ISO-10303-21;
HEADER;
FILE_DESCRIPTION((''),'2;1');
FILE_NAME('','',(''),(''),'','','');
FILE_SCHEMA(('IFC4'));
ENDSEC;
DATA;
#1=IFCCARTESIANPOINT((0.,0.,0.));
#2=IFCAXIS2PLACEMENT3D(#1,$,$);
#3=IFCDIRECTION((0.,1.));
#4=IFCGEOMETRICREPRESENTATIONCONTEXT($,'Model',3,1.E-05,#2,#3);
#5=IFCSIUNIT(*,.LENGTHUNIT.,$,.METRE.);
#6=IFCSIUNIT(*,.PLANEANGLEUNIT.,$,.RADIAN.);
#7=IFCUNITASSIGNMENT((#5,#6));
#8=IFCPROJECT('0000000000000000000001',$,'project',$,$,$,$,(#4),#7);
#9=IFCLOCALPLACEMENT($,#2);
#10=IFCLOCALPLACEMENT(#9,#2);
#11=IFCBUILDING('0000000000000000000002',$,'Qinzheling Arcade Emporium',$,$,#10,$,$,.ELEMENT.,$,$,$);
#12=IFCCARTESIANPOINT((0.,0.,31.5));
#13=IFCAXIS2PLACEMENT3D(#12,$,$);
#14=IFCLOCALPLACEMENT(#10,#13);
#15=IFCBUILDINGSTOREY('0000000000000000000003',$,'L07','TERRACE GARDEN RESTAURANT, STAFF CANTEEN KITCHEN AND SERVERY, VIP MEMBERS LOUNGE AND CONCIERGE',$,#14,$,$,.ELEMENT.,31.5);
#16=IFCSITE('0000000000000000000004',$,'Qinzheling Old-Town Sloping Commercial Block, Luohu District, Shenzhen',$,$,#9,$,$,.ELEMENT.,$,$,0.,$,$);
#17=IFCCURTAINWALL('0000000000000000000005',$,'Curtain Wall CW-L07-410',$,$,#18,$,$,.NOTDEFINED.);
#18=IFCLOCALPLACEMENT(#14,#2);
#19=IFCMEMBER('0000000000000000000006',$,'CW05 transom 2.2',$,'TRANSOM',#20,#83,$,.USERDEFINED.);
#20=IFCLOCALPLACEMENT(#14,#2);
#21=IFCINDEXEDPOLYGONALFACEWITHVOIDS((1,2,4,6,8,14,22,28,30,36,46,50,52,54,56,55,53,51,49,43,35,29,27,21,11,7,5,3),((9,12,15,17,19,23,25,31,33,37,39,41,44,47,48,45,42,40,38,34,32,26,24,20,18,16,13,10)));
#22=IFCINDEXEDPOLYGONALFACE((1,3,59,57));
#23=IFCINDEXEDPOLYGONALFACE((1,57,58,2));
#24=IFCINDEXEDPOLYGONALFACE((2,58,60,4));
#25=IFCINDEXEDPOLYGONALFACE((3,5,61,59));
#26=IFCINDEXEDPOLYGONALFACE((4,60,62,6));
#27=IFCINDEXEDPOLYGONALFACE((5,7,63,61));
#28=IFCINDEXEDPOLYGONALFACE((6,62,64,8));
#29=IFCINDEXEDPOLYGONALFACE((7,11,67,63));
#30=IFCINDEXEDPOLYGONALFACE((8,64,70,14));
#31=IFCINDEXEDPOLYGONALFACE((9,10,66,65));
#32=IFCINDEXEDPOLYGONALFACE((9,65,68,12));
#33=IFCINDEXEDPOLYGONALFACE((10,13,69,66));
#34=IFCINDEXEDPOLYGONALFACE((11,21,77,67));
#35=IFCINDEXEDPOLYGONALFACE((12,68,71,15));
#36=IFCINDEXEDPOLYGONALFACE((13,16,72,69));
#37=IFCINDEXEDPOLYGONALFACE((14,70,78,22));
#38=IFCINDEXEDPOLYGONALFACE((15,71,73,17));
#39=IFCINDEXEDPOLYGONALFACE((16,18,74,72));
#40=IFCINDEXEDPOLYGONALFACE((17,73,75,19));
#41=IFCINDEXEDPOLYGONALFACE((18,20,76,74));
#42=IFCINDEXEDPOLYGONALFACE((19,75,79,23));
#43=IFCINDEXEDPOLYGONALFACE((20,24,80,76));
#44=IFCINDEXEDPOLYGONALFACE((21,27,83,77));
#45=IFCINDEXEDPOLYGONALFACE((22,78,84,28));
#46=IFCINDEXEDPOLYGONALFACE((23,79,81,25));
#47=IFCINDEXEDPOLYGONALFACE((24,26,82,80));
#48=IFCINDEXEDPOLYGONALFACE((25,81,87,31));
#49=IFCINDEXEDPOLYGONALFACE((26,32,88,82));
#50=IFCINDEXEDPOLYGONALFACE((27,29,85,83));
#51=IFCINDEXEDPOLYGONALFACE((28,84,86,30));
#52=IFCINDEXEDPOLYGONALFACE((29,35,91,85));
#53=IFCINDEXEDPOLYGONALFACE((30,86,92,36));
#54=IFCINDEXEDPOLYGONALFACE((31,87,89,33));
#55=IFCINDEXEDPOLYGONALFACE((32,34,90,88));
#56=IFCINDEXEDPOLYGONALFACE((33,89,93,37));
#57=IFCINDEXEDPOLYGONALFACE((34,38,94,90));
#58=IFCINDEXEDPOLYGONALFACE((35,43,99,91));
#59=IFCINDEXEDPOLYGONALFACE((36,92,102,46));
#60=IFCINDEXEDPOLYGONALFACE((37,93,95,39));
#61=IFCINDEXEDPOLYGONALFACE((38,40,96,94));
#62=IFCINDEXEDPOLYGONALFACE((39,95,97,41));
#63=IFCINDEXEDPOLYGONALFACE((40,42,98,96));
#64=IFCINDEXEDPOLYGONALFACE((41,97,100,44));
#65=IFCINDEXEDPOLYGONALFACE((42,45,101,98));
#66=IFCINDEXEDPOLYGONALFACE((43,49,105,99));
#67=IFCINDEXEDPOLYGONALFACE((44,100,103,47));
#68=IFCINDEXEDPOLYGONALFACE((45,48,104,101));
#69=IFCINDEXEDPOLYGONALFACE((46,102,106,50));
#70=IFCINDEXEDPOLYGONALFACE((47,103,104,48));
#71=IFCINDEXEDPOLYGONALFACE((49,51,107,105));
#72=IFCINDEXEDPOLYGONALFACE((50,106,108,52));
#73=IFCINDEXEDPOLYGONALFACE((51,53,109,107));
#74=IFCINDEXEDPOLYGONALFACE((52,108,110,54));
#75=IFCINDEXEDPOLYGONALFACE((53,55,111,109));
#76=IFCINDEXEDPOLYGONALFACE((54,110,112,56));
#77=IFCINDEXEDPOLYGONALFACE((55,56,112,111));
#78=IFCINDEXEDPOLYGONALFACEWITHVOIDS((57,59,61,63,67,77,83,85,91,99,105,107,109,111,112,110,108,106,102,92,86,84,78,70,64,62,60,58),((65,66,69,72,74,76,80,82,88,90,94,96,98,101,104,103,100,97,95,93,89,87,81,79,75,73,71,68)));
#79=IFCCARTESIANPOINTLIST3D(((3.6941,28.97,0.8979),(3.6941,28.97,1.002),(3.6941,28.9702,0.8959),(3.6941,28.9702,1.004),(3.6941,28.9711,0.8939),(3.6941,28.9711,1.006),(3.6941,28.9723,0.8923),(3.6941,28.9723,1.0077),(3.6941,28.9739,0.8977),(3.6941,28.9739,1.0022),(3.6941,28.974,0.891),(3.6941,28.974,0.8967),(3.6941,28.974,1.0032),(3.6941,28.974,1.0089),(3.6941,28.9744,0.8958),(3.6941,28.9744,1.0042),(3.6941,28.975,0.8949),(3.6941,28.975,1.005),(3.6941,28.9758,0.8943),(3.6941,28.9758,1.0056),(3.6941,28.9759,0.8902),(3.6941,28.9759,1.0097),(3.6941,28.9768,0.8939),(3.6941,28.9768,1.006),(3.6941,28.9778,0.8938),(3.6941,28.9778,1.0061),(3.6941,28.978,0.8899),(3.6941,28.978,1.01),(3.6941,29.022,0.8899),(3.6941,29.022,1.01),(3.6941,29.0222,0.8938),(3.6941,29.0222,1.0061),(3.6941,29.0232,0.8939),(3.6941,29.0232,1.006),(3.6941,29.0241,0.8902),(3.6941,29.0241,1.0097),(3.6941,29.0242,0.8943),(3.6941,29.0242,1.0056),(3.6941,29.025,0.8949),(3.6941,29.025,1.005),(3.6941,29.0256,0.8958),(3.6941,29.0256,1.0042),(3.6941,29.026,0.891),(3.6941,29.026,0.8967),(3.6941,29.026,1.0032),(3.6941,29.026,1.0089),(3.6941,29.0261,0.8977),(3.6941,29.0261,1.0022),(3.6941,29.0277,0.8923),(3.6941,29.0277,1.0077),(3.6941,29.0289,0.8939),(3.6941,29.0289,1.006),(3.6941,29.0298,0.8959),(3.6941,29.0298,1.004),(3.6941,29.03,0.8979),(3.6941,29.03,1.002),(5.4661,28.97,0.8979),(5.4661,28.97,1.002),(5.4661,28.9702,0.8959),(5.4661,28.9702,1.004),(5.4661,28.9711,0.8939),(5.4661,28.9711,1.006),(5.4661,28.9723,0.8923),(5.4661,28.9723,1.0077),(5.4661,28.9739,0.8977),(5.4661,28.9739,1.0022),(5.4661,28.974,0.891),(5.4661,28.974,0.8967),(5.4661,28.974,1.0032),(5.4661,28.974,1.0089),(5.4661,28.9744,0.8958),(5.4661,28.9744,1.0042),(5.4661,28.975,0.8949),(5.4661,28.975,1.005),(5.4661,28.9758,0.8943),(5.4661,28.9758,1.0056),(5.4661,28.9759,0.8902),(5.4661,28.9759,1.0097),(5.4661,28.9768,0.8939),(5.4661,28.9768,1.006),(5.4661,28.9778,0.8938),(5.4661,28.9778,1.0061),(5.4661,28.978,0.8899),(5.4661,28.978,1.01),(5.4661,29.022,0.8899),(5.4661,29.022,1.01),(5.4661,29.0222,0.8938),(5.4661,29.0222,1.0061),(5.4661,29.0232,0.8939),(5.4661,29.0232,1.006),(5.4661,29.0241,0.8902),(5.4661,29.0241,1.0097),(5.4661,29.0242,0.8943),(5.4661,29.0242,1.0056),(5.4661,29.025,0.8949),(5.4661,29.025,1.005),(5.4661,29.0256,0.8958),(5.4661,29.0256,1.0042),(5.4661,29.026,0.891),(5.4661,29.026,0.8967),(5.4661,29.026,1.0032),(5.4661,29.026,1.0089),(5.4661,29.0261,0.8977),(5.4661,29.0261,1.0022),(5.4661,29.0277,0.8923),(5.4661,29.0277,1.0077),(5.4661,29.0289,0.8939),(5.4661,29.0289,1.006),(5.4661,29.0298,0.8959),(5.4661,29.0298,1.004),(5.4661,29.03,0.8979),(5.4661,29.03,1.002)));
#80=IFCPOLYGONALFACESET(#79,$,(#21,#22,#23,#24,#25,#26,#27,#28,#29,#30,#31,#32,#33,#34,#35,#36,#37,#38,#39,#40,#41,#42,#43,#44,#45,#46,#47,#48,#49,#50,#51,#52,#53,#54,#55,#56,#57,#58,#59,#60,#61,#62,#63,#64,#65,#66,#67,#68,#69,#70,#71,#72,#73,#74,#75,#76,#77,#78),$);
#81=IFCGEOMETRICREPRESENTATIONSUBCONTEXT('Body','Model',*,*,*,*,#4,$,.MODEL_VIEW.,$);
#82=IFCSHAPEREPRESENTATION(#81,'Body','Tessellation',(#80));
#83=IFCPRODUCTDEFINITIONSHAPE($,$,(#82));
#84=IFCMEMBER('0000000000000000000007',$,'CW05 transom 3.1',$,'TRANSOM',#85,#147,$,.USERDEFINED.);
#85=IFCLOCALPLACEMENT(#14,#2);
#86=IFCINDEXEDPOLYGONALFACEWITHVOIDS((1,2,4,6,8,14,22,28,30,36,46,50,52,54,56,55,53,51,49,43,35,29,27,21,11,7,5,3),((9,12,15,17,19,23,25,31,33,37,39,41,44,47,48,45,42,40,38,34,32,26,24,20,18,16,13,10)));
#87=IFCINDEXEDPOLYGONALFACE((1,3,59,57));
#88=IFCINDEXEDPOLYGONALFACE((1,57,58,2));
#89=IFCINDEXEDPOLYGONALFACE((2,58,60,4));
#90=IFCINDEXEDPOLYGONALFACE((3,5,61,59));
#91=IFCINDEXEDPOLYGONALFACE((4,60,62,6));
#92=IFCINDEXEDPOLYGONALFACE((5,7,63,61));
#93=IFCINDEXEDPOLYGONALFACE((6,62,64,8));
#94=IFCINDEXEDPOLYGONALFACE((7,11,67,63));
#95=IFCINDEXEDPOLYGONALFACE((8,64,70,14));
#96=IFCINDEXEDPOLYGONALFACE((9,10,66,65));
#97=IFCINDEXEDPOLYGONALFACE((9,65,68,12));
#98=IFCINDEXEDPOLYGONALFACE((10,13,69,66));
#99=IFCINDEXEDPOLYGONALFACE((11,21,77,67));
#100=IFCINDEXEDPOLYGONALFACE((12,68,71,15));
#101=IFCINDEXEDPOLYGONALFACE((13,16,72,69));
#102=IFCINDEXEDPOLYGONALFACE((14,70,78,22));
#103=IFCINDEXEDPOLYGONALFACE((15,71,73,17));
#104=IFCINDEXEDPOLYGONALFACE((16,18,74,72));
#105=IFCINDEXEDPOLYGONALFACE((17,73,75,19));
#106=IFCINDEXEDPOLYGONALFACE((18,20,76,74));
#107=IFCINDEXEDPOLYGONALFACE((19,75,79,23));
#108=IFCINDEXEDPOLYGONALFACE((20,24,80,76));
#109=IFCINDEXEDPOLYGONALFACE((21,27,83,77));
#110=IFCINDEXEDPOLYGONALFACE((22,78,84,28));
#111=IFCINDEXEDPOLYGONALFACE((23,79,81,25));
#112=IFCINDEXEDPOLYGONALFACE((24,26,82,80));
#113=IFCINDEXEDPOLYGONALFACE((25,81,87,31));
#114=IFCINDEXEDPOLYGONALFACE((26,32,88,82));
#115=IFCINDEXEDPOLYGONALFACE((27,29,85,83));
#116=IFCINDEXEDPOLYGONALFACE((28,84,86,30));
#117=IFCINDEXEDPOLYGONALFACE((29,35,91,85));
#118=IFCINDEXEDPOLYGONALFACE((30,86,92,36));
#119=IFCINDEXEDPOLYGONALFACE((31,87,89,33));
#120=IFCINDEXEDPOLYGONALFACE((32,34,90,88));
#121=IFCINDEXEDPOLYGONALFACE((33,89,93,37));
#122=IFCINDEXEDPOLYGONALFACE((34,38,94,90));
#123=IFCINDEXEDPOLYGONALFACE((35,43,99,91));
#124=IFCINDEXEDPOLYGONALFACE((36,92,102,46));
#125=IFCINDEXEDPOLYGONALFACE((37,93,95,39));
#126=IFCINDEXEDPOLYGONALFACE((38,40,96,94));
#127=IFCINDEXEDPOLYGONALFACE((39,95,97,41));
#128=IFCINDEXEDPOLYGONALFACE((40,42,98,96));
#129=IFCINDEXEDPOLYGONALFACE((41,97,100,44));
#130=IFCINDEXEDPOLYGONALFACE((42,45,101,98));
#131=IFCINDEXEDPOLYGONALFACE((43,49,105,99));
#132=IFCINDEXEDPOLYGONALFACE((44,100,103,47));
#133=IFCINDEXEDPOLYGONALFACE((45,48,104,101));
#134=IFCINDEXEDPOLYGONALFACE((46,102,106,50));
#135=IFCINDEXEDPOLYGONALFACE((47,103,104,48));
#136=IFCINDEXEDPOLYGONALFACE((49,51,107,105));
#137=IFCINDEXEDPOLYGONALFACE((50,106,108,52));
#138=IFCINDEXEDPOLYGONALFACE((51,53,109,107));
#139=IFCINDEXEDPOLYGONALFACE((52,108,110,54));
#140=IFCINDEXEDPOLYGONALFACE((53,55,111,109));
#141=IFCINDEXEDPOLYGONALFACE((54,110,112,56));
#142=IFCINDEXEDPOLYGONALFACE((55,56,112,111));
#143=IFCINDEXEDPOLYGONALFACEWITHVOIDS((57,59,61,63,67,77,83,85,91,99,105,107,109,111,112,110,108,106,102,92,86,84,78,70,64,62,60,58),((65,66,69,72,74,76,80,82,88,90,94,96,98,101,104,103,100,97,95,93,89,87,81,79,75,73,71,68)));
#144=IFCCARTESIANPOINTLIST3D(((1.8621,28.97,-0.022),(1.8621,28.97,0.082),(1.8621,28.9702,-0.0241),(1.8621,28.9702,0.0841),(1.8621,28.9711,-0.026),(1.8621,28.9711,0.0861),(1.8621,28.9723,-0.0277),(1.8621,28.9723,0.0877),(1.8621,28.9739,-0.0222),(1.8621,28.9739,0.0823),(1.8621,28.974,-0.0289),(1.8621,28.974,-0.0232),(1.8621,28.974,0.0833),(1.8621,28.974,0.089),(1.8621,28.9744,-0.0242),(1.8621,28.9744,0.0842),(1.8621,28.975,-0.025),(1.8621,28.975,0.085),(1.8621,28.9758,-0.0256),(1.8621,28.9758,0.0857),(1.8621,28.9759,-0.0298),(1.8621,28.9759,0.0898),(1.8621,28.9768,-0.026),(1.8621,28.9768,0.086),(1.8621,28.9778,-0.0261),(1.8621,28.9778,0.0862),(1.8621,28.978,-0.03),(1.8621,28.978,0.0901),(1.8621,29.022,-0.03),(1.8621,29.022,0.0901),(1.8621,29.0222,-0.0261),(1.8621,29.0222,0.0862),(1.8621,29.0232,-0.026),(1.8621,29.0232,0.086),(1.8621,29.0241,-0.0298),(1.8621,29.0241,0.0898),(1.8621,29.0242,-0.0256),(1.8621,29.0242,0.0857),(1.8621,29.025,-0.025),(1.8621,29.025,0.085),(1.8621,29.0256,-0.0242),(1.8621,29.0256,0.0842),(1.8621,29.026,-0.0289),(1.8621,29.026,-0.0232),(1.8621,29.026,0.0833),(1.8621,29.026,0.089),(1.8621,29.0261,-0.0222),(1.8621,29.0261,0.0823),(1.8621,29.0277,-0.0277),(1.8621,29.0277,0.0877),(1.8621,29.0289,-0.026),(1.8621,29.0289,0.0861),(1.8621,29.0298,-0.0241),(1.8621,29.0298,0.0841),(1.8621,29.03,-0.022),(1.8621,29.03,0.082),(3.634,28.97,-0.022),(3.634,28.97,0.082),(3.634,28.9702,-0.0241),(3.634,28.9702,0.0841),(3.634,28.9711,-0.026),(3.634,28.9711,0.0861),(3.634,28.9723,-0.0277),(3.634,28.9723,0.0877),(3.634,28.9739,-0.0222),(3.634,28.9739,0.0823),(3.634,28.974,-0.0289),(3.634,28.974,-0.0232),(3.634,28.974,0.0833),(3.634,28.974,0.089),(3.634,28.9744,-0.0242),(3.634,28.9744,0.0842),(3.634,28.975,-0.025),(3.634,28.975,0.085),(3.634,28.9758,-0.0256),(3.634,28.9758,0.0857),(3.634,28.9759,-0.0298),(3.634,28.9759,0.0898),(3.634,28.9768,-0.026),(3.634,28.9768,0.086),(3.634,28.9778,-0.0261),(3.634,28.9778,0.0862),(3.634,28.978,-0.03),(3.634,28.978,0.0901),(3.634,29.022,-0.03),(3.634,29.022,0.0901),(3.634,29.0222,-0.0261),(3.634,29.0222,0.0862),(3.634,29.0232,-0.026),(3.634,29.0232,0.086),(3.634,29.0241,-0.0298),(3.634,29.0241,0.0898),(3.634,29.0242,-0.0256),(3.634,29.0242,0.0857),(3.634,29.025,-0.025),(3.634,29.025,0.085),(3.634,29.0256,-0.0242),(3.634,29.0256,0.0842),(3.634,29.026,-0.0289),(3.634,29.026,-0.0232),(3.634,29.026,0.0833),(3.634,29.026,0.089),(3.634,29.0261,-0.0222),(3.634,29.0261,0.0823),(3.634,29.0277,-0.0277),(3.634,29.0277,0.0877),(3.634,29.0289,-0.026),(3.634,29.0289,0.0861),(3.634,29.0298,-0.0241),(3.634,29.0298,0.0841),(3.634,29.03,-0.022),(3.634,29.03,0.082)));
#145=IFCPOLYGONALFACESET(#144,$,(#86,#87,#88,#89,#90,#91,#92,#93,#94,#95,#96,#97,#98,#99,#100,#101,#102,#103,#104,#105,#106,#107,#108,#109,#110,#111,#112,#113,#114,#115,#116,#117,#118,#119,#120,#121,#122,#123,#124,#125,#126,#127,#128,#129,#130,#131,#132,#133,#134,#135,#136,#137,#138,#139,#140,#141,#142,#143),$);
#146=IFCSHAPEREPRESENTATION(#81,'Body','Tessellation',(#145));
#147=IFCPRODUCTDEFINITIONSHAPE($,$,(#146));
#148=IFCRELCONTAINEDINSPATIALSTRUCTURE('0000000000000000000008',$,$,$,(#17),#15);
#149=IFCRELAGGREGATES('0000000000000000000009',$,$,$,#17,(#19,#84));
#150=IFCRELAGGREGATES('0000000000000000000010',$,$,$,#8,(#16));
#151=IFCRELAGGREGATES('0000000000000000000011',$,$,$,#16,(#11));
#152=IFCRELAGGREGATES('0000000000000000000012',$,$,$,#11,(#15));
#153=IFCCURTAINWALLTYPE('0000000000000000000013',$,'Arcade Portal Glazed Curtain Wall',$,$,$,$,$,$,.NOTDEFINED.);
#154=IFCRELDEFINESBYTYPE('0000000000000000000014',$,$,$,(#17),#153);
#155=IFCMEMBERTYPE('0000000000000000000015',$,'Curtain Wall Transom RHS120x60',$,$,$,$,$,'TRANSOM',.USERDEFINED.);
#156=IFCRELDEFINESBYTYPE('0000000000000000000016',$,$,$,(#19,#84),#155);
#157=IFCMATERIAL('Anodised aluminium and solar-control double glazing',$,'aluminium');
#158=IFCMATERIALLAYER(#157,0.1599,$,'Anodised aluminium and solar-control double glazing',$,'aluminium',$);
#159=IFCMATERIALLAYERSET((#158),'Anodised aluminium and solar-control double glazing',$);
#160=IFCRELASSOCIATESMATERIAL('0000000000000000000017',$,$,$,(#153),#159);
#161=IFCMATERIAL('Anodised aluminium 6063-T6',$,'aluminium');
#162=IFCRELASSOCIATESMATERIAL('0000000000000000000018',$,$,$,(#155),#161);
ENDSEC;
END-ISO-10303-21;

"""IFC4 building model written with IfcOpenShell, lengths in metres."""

from ifc_helpers import new_model, si_unit, direction, frame, origin, origin_2d, place, context, subcontext, project, spatial, hollow_rectangle, extrude, material, layer, layer_set, material_profile, profile_set, type_object, element, aggregate, save


model = new_model("IFC4")

# Units and contexts
model_context = context("Model", 3, precision=1e-05, world=origin(), true_north=direction((0.0, 1.0)))
body_context = subcontext(model_context, "Body", "Model", "MODEL_VIEW")
ifc_project = project(units=[si_unit("LENGTHUNIT", "METRE"), si_unit("PLANEANGLEUNIT", "RADIAN")], contexts=[model_context])

# Site, building, storey
site_placement = place(None, origin())
site = spatial("IfcSite", under=ifc_project, at=site_placement, Name="Qinzheling Old-Town Sloping Commercial Block, Luohu District, Shenzhen", CompositionType="ELEMENT", RefElevation=0.0)
building_placement = place(site_placement, origin())
building = spatial("IfcBuilding", under=site, at=building_placement, Name="Qinzheling Arcade Emporium", CompositionType="ELEMENT")
storey_placement = place(building_placement, frame((0.0, 0.0, 31.5)))
storey = spatial("IfcBuildingStorey", under=building, at=storey_placement, Name="L07", Description="TERRACE GARDEN RESTAURANT, STAFF CANTEEN KITCHEN AND SERVERY, VIP MEMBERS LOUNGE AND CONCIERGE", CompositionType="ELEMENT", Elevation=31.5)

# Curtain wall, members
ifc_material_1 = material(Name="Anodised aluminium and solar-control double glazing", Category="aluminium")
ifc_layer_1 = layer(ifc_material_1, 0.1599, Name="Anodised aluminium and solar-control double glazing", Category="aluminium")
ifc_layer_set_1 = layer_set([ifc_layer_1], Name="Anodised aluminium and solar-control double glazing")
curtain_wall_type = type_object("IfcCurtainWallType", Name="Arcade Portal Glazed Curtain Wall", PredefinedType="NOTDEFINED", material=ifc_layer_set_1)
curtain_wall_placement = place(storey_placement, origin())
curtain_wall = element("IfcCurtainWall", 1, at=curtain_wall_placement, inside=storey, type_object=curtain_wall_type, Name="Curtain Wall CW-L07-410", PredefinedType="NOTDEFINED")
ifc_material_2 = material(Name="Anodised aluminium 6063-T6", Category="aluminium")
ifc_material_profile_1 = material_profile(ifc_material_2, hollow_rectangle(XDim=0.0601, YDim=0.1201, WallThickness=0.0039, InnerFilletRadius=0.0039, OuterFilletRadius=0.0081, at=origin_2d()), Name="RHS 120x60x4", Category="aluminium")
ifc_profile_set_1 = profile_set([ifc_material_profile_1], Name="Anodised aluminium 6063-T6")
member_type_1 = type_object("IfcMemberType", Name="Curtain Wall Transom RHS120x60", ElementType="TRANSOM", PredefinedType="USERDEFINED", material=ifc_profile_set_1)
member_1_placement = place(storey_placement, frame((5.4661, 29.0, 0.95), z_axis=(-1.0, 0.0, 0.0), x_axis=(0.0, -1.0, 0.0)))
member_1 = element("IfcMember", 2, at=member_1_placement, type_object=member_type_1, Name="CW05 transom 2.2", ObjectType="TRANSOM", PredefinedType="USERDEFINED", context=body_context, shape_type="SweptSolid", body=[
    extrude(hollow_rectangle(XDim=0.0601, YDim=0.1201, WallThickness=0.0039, InnerFilletRadius=0.0039, OuterFilletRadius=0.0081, at=origin_2d()), origin(), (0.0, 0.0, 1.0), 1.772),
])
member_2_placement = place(storey_placement, frame((3.634, 29.0, 0.03), z_axis=(-1.0, 0.0, 0.0), x_axis=(0.0, -1.0, 0.0)))
member_2 = element("IfcMember", 3, at=member_2_placement, type_object=member_type_1, Name="CW05 transom 3.1", ObjectType="TRANSOM", PredefinedType="USERDEFINED", context=body_context, shape_type="SweptSolid", body=[
    extrude(hollow_rectangle(XDim=0.0601, YDim=0.1201, WallThickness=0.0039, InnerFilletRadius=0.0039, OuterFilletRadius=0.0081, at=origin_2d()), origin(), (0.0, 0.0, 1.0), 1.772),
])
aggregate(curtain_wall, [member_1, member_2])

save(model, "model.ifc")
